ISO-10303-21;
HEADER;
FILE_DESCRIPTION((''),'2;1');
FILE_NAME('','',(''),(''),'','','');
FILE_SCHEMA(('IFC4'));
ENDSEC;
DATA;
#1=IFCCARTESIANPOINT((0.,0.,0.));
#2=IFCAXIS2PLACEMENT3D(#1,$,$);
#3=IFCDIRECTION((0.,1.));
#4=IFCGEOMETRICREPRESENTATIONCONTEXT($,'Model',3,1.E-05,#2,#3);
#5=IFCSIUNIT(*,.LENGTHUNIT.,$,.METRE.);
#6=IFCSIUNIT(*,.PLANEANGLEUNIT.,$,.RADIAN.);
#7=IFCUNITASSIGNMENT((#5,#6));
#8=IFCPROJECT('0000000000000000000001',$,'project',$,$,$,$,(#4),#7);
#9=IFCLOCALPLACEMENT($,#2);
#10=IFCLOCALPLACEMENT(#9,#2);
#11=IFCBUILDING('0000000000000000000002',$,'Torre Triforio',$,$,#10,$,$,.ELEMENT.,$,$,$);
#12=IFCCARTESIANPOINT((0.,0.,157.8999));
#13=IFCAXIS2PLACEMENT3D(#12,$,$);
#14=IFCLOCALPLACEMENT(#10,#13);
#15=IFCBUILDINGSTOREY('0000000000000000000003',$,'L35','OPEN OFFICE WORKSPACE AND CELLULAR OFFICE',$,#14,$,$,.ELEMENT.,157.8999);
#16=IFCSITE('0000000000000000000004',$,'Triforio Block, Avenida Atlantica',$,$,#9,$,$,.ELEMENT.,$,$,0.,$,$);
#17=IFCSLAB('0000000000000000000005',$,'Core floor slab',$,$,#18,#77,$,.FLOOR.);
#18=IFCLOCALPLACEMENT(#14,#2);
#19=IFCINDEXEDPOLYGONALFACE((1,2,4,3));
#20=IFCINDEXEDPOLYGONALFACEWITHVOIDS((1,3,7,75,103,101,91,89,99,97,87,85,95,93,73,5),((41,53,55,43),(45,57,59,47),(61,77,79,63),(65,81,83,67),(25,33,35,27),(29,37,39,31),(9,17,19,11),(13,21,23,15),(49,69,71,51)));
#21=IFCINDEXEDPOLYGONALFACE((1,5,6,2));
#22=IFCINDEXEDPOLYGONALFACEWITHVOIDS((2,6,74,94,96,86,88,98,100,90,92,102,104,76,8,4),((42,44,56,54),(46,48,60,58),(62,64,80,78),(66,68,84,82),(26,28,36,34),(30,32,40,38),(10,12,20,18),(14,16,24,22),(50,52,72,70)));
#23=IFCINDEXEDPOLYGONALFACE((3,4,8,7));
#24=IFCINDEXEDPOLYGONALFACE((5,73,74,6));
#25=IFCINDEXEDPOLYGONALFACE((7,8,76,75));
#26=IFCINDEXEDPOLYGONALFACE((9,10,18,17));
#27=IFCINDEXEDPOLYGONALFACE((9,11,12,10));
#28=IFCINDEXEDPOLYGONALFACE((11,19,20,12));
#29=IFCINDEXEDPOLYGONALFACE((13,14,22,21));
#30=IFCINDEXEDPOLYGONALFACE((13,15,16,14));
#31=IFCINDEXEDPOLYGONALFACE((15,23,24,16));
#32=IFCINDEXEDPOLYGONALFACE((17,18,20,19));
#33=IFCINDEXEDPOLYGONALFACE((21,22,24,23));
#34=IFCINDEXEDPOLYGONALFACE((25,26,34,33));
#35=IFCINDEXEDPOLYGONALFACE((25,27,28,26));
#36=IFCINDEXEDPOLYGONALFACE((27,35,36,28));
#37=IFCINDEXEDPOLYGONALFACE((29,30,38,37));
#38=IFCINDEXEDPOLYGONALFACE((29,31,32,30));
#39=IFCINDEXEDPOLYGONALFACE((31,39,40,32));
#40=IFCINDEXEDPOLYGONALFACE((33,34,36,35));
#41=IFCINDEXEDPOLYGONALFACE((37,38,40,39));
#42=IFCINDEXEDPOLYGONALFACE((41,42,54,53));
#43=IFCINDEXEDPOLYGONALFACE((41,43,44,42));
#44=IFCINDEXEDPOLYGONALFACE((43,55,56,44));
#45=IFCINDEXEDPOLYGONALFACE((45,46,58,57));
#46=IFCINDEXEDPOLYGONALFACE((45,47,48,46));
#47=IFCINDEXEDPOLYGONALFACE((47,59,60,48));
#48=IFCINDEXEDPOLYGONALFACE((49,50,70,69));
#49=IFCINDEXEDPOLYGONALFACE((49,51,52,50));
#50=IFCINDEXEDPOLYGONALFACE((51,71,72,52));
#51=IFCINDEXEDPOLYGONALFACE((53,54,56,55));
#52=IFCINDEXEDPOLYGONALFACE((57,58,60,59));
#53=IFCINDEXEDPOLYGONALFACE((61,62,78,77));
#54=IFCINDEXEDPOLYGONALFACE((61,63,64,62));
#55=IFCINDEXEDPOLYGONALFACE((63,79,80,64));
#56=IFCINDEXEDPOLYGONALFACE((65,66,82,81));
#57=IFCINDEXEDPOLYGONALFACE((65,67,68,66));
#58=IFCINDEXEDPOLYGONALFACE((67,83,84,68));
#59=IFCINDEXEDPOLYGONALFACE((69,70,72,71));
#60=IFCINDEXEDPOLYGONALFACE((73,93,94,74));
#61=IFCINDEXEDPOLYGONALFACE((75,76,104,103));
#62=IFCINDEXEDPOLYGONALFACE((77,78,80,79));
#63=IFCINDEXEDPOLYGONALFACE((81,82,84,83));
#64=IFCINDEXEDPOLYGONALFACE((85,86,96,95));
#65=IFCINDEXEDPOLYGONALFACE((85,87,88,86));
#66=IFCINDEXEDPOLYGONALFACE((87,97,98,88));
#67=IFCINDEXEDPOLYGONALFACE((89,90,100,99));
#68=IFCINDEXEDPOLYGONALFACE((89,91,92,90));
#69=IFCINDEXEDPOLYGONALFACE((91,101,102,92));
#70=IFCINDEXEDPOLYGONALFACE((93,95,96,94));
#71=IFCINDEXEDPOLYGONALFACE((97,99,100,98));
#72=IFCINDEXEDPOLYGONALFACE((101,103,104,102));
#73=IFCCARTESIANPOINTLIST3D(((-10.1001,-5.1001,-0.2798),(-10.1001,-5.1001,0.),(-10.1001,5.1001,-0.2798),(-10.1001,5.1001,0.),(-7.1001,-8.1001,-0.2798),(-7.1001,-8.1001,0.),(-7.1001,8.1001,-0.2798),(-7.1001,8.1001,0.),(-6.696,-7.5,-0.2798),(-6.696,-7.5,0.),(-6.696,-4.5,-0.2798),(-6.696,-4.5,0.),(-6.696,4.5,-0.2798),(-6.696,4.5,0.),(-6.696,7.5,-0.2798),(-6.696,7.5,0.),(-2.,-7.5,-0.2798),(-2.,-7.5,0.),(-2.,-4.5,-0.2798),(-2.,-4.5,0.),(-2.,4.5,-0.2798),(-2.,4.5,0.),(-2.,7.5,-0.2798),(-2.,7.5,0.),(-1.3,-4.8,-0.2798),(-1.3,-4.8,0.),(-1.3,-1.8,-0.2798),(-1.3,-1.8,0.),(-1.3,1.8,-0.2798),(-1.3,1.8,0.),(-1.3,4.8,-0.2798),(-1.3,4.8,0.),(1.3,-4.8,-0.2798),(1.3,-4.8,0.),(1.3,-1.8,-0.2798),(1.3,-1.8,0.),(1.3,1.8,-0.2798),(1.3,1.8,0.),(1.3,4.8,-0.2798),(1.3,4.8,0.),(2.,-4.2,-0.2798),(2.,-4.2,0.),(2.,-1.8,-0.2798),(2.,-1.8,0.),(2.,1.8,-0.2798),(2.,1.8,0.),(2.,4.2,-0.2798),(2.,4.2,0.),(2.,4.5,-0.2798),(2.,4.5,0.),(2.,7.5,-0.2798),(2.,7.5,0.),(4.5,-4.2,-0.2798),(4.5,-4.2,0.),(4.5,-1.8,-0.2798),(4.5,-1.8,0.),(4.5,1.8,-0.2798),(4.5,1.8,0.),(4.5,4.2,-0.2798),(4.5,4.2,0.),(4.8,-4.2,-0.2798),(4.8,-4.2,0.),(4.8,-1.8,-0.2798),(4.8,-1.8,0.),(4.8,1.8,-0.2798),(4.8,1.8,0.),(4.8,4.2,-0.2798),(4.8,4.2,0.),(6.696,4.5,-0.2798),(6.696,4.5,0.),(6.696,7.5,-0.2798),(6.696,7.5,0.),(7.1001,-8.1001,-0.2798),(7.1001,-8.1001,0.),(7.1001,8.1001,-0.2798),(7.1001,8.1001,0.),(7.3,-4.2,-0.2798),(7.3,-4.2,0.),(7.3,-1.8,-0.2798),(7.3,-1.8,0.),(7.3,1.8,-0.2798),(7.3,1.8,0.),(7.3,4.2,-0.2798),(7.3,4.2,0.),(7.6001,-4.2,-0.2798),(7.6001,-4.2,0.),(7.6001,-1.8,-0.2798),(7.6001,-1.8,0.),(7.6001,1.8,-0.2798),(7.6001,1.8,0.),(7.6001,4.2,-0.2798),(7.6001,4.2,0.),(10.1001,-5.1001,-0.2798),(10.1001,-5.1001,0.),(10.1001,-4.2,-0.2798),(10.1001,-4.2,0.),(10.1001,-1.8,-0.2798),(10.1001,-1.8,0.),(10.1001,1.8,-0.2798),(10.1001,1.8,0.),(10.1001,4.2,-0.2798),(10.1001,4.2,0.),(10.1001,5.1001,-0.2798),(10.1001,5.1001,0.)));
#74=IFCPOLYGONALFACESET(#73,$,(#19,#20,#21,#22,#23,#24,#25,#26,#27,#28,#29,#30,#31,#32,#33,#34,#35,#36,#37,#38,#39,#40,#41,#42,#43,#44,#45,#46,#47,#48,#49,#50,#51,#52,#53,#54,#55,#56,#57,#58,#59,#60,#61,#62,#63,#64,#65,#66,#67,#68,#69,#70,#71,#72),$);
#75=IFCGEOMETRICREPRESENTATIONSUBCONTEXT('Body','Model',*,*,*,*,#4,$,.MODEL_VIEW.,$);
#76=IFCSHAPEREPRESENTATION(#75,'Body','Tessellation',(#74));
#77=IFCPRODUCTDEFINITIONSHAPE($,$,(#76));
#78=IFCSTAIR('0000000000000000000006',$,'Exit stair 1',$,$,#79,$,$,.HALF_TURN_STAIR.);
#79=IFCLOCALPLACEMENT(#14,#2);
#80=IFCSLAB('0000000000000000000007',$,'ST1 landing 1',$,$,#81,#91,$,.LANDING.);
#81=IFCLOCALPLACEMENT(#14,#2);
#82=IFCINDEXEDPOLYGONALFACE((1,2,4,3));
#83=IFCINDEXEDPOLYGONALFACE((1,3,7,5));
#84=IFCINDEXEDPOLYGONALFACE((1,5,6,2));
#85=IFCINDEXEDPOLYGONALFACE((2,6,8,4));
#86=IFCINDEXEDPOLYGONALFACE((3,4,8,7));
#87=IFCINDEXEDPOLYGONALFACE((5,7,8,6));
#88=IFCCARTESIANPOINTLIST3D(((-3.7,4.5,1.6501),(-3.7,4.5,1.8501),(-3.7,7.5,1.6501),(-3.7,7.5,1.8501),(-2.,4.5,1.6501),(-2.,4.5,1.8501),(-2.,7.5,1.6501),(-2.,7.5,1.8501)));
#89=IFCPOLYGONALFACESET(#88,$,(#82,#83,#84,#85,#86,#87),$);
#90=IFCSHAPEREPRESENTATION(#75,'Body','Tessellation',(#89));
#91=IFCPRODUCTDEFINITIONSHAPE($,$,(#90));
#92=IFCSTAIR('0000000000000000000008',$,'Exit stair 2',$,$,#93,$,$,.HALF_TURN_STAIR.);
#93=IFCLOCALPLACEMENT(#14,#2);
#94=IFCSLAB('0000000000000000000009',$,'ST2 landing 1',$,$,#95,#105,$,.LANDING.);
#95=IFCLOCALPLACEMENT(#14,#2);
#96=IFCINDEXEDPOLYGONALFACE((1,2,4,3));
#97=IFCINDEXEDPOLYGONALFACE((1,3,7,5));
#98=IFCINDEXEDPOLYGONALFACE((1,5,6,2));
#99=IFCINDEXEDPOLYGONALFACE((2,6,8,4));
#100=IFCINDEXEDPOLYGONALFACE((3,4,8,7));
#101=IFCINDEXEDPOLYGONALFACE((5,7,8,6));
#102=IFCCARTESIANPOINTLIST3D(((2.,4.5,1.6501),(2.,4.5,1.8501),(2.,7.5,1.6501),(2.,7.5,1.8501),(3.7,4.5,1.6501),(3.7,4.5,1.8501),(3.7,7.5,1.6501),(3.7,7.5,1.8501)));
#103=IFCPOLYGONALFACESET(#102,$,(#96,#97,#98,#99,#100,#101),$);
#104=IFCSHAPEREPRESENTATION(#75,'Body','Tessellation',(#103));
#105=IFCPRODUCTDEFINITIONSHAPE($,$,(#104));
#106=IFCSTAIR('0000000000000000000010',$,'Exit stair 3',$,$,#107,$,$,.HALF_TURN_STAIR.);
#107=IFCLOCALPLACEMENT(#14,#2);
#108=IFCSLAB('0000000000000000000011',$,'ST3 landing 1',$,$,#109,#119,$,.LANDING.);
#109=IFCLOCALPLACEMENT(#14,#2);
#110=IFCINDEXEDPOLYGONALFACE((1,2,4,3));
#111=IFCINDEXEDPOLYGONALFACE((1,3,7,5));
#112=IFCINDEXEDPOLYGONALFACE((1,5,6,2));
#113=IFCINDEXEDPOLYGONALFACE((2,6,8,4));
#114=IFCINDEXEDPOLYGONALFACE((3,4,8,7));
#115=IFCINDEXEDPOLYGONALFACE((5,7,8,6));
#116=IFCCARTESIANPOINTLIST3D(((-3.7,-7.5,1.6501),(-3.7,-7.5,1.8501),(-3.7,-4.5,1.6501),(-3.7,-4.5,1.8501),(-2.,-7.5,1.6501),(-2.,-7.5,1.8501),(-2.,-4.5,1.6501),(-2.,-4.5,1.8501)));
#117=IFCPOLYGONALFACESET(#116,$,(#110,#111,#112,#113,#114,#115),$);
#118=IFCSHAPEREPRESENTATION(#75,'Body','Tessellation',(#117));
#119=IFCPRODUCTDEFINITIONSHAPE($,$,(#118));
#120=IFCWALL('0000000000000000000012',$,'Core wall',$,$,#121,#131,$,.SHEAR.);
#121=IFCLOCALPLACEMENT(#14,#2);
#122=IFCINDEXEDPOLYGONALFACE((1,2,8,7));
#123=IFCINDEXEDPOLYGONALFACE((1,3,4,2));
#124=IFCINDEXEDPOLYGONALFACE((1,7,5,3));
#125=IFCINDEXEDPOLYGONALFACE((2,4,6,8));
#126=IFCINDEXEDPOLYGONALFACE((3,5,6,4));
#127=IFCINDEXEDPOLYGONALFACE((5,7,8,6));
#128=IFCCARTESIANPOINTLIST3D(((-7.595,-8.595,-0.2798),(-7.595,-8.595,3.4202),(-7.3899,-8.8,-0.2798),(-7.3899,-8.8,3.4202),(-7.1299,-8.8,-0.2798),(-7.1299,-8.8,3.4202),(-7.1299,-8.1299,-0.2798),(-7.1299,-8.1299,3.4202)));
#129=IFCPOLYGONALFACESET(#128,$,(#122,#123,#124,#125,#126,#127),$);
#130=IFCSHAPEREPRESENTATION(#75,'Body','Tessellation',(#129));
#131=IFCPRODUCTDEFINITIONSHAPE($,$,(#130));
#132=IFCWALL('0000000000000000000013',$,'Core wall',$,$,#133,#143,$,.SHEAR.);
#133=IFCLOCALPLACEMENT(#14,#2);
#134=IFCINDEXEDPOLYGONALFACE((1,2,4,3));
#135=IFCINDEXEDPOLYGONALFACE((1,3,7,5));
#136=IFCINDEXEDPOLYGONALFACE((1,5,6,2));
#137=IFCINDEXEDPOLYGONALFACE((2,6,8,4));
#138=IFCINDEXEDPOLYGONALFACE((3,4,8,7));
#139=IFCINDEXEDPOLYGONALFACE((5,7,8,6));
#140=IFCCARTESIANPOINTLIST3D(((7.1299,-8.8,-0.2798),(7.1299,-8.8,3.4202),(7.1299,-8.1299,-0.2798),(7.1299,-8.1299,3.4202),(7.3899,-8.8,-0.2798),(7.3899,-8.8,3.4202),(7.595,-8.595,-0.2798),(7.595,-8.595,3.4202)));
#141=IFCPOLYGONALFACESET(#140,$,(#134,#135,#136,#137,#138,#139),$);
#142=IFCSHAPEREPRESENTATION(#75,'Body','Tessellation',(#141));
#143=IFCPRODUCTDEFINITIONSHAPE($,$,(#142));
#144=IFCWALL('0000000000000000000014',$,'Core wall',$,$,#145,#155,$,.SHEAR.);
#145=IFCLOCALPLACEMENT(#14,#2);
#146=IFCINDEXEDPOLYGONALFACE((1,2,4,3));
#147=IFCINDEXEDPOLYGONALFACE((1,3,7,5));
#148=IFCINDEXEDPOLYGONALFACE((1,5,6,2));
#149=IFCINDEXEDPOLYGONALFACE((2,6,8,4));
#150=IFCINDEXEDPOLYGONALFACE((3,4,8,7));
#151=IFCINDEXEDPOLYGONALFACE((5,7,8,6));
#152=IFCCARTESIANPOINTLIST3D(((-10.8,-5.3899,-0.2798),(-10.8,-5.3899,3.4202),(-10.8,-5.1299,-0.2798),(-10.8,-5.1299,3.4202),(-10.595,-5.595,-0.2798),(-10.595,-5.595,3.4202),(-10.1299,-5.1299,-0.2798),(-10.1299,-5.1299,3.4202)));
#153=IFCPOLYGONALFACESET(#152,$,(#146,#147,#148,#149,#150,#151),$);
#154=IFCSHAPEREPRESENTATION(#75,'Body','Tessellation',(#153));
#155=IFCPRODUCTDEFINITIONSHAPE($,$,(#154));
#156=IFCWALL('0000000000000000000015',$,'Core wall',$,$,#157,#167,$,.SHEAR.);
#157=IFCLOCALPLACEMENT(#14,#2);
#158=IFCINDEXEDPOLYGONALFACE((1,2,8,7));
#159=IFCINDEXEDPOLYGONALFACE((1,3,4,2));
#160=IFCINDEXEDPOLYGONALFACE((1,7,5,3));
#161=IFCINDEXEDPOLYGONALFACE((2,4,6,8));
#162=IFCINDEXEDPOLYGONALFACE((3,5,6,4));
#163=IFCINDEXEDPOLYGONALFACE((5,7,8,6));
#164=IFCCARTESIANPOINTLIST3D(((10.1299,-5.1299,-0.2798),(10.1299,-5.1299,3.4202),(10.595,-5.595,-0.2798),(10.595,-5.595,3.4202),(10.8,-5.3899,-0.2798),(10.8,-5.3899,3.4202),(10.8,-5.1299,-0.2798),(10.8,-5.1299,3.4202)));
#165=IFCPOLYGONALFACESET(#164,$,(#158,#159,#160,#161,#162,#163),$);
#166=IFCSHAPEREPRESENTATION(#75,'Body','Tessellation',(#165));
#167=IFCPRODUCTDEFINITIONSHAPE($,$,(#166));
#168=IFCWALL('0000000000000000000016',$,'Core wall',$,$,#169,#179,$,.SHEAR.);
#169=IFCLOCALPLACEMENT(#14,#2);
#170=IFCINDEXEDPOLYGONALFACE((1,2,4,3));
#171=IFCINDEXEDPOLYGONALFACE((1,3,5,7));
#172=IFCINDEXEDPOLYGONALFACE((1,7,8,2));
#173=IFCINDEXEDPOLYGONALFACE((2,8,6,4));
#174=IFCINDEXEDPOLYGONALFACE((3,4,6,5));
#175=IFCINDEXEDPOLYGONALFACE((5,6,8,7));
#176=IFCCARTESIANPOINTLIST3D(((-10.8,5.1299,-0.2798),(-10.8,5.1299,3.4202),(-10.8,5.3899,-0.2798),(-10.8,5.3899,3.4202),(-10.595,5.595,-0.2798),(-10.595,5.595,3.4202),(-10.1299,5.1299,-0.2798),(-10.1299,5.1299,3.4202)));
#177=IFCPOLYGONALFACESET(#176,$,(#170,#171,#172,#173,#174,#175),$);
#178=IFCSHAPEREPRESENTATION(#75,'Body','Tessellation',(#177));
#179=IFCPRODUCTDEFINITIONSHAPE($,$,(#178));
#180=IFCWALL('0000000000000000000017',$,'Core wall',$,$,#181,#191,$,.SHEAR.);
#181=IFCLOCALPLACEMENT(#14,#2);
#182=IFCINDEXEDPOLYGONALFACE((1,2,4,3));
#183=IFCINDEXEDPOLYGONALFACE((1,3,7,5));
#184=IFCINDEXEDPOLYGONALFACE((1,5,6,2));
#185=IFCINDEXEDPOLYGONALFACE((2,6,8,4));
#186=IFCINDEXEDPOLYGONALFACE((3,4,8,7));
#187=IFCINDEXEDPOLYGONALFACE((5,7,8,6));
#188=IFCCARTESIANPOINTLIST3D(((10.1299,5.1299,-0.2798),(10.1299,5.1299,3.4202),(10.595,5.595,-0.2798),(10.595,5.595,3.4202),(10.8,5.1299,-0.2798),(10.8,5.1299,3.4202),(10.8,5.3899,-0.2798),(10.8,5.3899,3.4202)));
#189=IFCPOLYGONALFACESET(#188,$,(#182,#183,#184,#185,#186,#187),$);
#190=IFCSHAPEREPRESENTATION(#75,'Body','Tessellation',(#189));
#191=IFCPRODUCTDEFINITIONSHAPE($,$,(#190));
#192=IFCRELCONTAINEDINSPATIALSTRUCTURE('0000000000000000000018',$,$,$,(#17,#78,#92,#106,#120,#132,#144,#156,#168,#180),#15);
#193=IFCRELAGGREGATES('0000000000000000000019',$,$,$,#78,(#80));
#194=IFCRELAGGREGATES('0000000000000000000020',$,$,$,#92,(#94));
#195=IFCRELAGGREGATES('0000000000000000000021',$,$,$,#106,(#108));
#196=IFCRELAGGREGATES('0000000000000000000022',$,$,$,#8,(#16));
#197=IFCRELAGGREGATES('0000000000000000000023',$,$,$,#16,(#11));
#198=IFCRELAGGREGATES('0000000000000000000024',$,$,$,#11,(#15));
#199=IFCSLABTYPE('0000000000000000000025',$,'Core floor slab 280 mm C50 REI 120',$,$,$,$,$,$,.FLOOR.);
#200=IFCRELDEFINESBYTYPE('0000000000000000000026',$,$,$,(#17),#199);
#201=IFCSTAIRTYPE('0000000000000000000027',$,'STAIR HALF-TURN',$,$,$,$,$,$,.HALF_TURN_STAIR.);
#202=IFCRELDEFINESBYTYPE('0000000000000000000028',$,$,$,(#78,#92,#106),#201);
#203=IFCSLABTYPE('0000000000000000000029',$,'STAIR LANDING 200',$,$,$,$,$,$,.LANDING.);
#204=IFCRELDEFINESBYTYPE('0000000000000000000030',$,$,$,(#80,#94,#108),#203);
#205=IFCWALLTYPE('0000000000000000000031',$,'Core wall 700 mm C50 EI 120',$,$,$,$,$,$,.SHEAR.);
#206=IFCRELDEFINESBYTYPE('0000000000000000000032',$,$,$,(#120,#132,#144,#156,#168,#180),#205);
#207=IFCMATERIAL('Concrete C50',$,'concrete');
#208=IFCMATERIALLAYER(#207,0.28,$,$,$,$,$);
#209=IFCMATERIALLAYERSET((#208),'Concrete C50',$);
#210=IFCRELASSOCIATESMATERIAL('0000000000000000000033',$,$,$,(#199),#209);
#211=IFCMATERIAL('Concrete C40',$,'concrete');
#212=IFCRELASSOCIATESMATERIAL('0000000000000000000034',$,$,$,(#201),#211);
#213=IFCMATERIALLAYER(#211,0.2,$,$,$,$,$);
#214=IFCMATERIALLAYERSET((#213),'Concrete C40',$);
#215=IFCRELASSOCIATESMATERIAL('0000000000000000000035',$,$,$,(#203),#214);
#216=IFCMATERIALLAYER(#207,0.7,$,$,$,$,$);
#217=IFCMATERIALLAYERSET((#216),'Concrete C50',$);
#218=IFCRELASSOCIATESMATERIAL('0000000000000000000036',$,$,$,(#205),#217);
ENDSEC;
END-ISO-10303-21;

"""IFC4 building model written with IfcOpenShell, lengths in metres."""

from ifc_helpers import new_model, si_unit, direction, frame, origin, place, context, subcontext, project, spatial, polyline, outline, extrude, material, layer, layer_set, type_object, element, aggregate, save


model = new_model("IFC4")

# Units and contexts
model_context = context("Model", 3, precision=1e-05, world=origin(), true_north=direction((0.0, 1.0)))
body_context = subcontext(model_context, "Body", "Model", "MODEL_VIEW")
ifc_project = project(units=[si_unit("LENGTHUNIT", "METRE"), si_unit("PLANEANGLEUNIT", "RADIAN")], contexts=[model_context])

# Site, building, storey
site_placement = place(None, origin())
site = spatial("IfcSite", under=ifc_project, at=site_placement, Name="Triforio Block, Avenida Atlantica", CompositionType="ELEMENT", RefElevation=0.0)
building_placement = place(site_placement, origin())
building = spatial("IfcBuilding", under=site, at=building_placement, Name="Torre Triforio", CompositionType="ELEMENT")
storey_placement = place(building_placement, frame((0.0, 0.0, 157.8999)))
storey = spatial("IfcBuildingStorey", under=building, at=storey_placement, Name="L35", Description="OPEN OFFICE WORKSPACE AND CELLULAR OFFICE", CompositionType="ELEMENT", Elevation=157.8999)

# Slab
ifc_material_1 = material(Name="Concrete C50", Category="concrete")
ifc_layer_1 = layer(ifc_material_1, 0.28)
ifc_layer_set_1 = layer_set([ifc_layer_1], Name="Concrete C50")
slab_type_1 = type_object("IfcSlabType", Name="Core floor slab 280 mm C50 REI 120", PredefinedType="FLOOR", material=ifc_layer_set_1)
slab_1_placement = place(storey_placement, frame((0.0, 0.0, -0.2798)))
element("IfcSlab", 1, at=slab_1_placement, inside=storey, type_object=slab_type_1, Name="Core floor slab", PredefinedType="FLOOR", context=body_context, shape_type="SweptSolid", body=[
    extrude(outline(polyline([(10.1001, -5.1001), (7.1001, -8.1001), (-7.1001, -8.1001), (-10.1001, -5.1001), (-10.1001, 5.1001), (-7.1001, 8.1001), (7.1001, 8.1001), (10.1001, 5.1001), (10.1001, 4.2), (7.6001, 4.2), (7.6001, 1.8), (10.1001, 1.8), (10.1001, -1.8), (7.6001, -1.8), (7.6001, -4.2), (10.1001, -4.2), (10.1001, -5.1001)]), holes=[polyline([(-6.696, -4.5), (-6.696, -7.5), (-2.0, -7.5), (-2.0, -4.5), (-6.696, -4.5)]), polyline([(-1.3, -1.8), (-1.3, -4.8), (1.3, -4.8), (1.3, -1.8), (-1.3, -1.8)]), polyline([(2.0, -1.8), (2.0, -4.2), (4.5, -4.2), (4.5, -1.8), (2.0, -1.8)]), polyline([(4.5, 4.2), (2.0, 4.2), (2.0, 1.8), (4.5, 1.8), (4.5, 4.2)]), polyline([(1.3, 4.8), (-1.3, 4.8), (-1.3, 1.8), (1.3, 1.8), (1.3, 4.8)]), polyline([(-6.696, 7.5), (-6.696, 4.5), (-2.0, 4.5), (-2.0, 7.5), (-6.696, 7.5)]), polyline([(7.3, -1.8), (4.8, -1.8), (4.8, -4.2), (7.3, -4.2), (7.3, -1.8)]), polyline([(4.8, 4.2), (4.8, 1.8), (7.3, 1.8), (7.3, 4.2), (4.8, 4.2)]), polyline([(6.696, 7.5), (2.0, 7.5), (2.0, 4.5), (6.696, 4.5), (6.696, 7.5)])]), origin(), (0.0, 0.0, 1.0), 0.2798),
])

# Stairs, slabs
ifc_material_2 = material(Name="Concrete C40", Category="concrete")
stair_type = type_object("IfcStairType", Name="STAIR HALF-TURN", PredefinedType="HALF_TURN_STAIR", material=ifc_material_2)
stair_1_placement = place(storey_placement, origin())
stair_1 = element("IfcStair", 2, at=stair_1_placement, inside=storey, type_object=stair_type, Name="Exit stair 1", PredefinedType="HALF_TURN_STAIR")
ifc_layer_2 = layer(ifc_material_2, 0.2)
ifc_layer_set_2 = layer_set([ifc_layer_2], Name="Concrete C40")
slab_type_2 = type_object("IfcSlabType", Name="STAIR LANDING 200", PredefinedType="LANDING", material=ifc_layer_set_2)
slab_2_placement = place(storey_placement, frame((0.0, 0.0, 1.6501)))
slab_2 = element("IfcSlab", 3, at=slab_2_placement, type_object=slab_type_2, Name="ST1 landing 1", PredefinedType="LANDING", context=body_context, shape_type="SweptSolid", body=[
    extrude(outline(polyline([(-2.0, 4.5), (-2.0, 7.5), (-3.7, 7.5), (-3.7, 4.5), (-2.0, 4.5)])), origin(), (0.0, 0.0, 1.0), 0.2),
])
aggregate(stair_1, [slab_2])
stair_2_placement = place(storey_placement, origin())
stair_2 = element("IfcStair", 4, at=stair_2_placement, inside=storey, type_object=stair_type, Name="Exit stair 2", PredefinedType="HALF_TURN_STAIR")
slab_3_placement = place(storey_placement, frame((0.0, 0.0, 1.6501)))
slab_3 = element("IfcSlab", 5, at=slab_3_placement, type_object=slab_type_2, Name="ST2 landing 1", PredefinedType="LANDING", context=body_context, shape_type="SweptSolid", body=[
    extrude(outline(polyline([(3.7, 4.5), (3.7, 7.5), (2.0, 7.5), (2.0, 4.5), (3.7, 4.5)])), origin(), (0.0, 0.0, 1.0), 0.2),
])
aggregate(stair_2, [slab_3])
stair_3_placement = place(storey_placement, origin())
stair_3 = element("IfcStair", 6, at=stair_3_placement, inside=storey, type_object=stair_type, Name="Exit stair 3", PredefinedType="HALF_TURN_STAIR")
slab_4_placement = place(storey_placement, frame((0.0, 0.0, 1.6501)))
slab_4 = element("IfcSlab", 7, at=slab_4_placement, type_object=slab_type_2, Name="ST3 landing 1", PredefinedType="LANDING", context=body_context, shape_type="SweptSolid", body=[
    extrude(outline(polyline([(-2.0, -7.5), (-2.0, -4.5), (-3.7, -4.5), (-3.7, -7.5), (-2.0, -7.5)])), origin(), (0.0, 0.0, 1.0), 0.2),
])
aggregate(stair_3, [slab_4])

# Walls
ifc_layer_3 = layer(ifc_material_1, 0.7)
ifc_layer_set_3 = layer_set([ifc_layer_3], Name="Concrete C50")
wall_type_1 = type_object("IfcWallType", Name="Core wall 700 mm C50 EI 120", PredefinedType="SHEAR", material=ifc_layer_set_3)
wall_1_placement = place(storey_placement, frame((0.0, 0.0, -0.2798)))
element("IfcWall", 8, at=wall_1_placement, inside=storey, type_object=wall_type_1, Name="Core wall", PredefinedType="SHEAR", context=body_context, shape_type="SweptSolid", body=[
    extrude(outline(polyline([(-7.3899, -8.8), (-7.595, -8.595), (-7.595, -8.595), (-7.595, -8.595), (-7.1299, -8.1299), (-7.1299, -8.8), (-7.1299, -8.8), (-7.3899, -8.8)])), origin(), (0.0, 0.0, 1.0), 3.7),
])
wall_2_placement = place(storey_placement, frame((0.0, 0.0, -0.2798)))
element("IfcWall", 9, at=wall_2_placement, inside=storey, type_object=wall_type_1, Name="Core wall", PredefinedType="SHEAR", context=body_context, shape_type="SweptSolid", body=[
    extrude(outline(polyline([(7.3899, -8.8), (7.1299, -8.8), (7.1299, -8.8), (7.1299, -8.1299), (7.595, -8.595), (7.595, -8.595), (7.595, -8.595), (7.3899, -8.8)])), origin(), (0.0, 0.0, 1.0), 3.7),
])
wall_3_placement = place(storey_placement, frame((0.0, 0.0, -0.2798)))
element("IfcWall", 10, at=wall_3_placement, inside=storey, type_object=wall_type_1, Name="Core wall", PredefinedType="SHEAR", context=body_context, shape_type="SweptSolid", body=[
    extrude(outline(polyline([(-10.8, -5.3899), (-10.8, -5.1299), (-10.8, -5.1299), (-10.1299, -5.1299), (-10.595, -5.595), (-10.595, -5.595), (-10.595, -5.595), (-10.8, -5.3899)])), origin(), (0.0, 0.0, 1.0), 3.7),
])
wall_4_placement = place(storey_placement, frame((0.0, 0.0, -0.2798)))
element("IfcWall", 11, at=wall_4_placement, inside=storey, type_object=wall_type_1, Name="Core wall", PredefinedType="SHEAR", context=body_context, shape_type="SweptSolid", body=[
    extrude(outline(polyline([(10.8, -5.3899), (10.595, -5.595), (10.595, -5.595), (10.595, -5.595), (10.1299, -5.1299), (10.8, -5.1299), (10.8, -5.1299), (10.8, -5.3899)])), origin(), (0.0, 0.0, 1.0), 3.7),
])
wall_5_placement = place(storey_placement, frame((0.0, 0.0, -0.2798)))
element("IfcWall", 12, at=wall_5_placement, inside=storey, type_object=wall_type_1, Name="Core wall", PredefinedType="SHEAR", context=body_context, shape_type="SweptSolid", body=[
    extrude(outline(polyline([(-10.595, 5.595), (-10.595, 5.595), (-10.595, 5.595), (-10.1299, 5.1299), (-10.8, 5.1299), (-10.8, 5.1299), (-10.8, 5.3899), (-10.595, 5.595)])), origin(), (0.0, 0.0, 1.0), 3.7),
])
wall_6_placement = place(storey_placement, frame((0.0, 0.0, -0.2798)))
element("IfcWall", 13, at=wall_6_placement, inside=storey, type_object=wall_type_1, Name="Core wall", PredefinedType="SHEAR", context=body_context, shape_type="SweptSolid", body=[
    extrude(outline(polyline([(10.8, 5.3899), (10.8, 5.1299), (10.8, 5.1299), (10.1299, 5.1299), (10.595, 5.595), (10.595, 5.595), (10.595, 5.595), (10.8, 5.3899)])), origin(), (0.0, 0.0, 1.0), 3.7),
])

save(model, "model.ifc")
